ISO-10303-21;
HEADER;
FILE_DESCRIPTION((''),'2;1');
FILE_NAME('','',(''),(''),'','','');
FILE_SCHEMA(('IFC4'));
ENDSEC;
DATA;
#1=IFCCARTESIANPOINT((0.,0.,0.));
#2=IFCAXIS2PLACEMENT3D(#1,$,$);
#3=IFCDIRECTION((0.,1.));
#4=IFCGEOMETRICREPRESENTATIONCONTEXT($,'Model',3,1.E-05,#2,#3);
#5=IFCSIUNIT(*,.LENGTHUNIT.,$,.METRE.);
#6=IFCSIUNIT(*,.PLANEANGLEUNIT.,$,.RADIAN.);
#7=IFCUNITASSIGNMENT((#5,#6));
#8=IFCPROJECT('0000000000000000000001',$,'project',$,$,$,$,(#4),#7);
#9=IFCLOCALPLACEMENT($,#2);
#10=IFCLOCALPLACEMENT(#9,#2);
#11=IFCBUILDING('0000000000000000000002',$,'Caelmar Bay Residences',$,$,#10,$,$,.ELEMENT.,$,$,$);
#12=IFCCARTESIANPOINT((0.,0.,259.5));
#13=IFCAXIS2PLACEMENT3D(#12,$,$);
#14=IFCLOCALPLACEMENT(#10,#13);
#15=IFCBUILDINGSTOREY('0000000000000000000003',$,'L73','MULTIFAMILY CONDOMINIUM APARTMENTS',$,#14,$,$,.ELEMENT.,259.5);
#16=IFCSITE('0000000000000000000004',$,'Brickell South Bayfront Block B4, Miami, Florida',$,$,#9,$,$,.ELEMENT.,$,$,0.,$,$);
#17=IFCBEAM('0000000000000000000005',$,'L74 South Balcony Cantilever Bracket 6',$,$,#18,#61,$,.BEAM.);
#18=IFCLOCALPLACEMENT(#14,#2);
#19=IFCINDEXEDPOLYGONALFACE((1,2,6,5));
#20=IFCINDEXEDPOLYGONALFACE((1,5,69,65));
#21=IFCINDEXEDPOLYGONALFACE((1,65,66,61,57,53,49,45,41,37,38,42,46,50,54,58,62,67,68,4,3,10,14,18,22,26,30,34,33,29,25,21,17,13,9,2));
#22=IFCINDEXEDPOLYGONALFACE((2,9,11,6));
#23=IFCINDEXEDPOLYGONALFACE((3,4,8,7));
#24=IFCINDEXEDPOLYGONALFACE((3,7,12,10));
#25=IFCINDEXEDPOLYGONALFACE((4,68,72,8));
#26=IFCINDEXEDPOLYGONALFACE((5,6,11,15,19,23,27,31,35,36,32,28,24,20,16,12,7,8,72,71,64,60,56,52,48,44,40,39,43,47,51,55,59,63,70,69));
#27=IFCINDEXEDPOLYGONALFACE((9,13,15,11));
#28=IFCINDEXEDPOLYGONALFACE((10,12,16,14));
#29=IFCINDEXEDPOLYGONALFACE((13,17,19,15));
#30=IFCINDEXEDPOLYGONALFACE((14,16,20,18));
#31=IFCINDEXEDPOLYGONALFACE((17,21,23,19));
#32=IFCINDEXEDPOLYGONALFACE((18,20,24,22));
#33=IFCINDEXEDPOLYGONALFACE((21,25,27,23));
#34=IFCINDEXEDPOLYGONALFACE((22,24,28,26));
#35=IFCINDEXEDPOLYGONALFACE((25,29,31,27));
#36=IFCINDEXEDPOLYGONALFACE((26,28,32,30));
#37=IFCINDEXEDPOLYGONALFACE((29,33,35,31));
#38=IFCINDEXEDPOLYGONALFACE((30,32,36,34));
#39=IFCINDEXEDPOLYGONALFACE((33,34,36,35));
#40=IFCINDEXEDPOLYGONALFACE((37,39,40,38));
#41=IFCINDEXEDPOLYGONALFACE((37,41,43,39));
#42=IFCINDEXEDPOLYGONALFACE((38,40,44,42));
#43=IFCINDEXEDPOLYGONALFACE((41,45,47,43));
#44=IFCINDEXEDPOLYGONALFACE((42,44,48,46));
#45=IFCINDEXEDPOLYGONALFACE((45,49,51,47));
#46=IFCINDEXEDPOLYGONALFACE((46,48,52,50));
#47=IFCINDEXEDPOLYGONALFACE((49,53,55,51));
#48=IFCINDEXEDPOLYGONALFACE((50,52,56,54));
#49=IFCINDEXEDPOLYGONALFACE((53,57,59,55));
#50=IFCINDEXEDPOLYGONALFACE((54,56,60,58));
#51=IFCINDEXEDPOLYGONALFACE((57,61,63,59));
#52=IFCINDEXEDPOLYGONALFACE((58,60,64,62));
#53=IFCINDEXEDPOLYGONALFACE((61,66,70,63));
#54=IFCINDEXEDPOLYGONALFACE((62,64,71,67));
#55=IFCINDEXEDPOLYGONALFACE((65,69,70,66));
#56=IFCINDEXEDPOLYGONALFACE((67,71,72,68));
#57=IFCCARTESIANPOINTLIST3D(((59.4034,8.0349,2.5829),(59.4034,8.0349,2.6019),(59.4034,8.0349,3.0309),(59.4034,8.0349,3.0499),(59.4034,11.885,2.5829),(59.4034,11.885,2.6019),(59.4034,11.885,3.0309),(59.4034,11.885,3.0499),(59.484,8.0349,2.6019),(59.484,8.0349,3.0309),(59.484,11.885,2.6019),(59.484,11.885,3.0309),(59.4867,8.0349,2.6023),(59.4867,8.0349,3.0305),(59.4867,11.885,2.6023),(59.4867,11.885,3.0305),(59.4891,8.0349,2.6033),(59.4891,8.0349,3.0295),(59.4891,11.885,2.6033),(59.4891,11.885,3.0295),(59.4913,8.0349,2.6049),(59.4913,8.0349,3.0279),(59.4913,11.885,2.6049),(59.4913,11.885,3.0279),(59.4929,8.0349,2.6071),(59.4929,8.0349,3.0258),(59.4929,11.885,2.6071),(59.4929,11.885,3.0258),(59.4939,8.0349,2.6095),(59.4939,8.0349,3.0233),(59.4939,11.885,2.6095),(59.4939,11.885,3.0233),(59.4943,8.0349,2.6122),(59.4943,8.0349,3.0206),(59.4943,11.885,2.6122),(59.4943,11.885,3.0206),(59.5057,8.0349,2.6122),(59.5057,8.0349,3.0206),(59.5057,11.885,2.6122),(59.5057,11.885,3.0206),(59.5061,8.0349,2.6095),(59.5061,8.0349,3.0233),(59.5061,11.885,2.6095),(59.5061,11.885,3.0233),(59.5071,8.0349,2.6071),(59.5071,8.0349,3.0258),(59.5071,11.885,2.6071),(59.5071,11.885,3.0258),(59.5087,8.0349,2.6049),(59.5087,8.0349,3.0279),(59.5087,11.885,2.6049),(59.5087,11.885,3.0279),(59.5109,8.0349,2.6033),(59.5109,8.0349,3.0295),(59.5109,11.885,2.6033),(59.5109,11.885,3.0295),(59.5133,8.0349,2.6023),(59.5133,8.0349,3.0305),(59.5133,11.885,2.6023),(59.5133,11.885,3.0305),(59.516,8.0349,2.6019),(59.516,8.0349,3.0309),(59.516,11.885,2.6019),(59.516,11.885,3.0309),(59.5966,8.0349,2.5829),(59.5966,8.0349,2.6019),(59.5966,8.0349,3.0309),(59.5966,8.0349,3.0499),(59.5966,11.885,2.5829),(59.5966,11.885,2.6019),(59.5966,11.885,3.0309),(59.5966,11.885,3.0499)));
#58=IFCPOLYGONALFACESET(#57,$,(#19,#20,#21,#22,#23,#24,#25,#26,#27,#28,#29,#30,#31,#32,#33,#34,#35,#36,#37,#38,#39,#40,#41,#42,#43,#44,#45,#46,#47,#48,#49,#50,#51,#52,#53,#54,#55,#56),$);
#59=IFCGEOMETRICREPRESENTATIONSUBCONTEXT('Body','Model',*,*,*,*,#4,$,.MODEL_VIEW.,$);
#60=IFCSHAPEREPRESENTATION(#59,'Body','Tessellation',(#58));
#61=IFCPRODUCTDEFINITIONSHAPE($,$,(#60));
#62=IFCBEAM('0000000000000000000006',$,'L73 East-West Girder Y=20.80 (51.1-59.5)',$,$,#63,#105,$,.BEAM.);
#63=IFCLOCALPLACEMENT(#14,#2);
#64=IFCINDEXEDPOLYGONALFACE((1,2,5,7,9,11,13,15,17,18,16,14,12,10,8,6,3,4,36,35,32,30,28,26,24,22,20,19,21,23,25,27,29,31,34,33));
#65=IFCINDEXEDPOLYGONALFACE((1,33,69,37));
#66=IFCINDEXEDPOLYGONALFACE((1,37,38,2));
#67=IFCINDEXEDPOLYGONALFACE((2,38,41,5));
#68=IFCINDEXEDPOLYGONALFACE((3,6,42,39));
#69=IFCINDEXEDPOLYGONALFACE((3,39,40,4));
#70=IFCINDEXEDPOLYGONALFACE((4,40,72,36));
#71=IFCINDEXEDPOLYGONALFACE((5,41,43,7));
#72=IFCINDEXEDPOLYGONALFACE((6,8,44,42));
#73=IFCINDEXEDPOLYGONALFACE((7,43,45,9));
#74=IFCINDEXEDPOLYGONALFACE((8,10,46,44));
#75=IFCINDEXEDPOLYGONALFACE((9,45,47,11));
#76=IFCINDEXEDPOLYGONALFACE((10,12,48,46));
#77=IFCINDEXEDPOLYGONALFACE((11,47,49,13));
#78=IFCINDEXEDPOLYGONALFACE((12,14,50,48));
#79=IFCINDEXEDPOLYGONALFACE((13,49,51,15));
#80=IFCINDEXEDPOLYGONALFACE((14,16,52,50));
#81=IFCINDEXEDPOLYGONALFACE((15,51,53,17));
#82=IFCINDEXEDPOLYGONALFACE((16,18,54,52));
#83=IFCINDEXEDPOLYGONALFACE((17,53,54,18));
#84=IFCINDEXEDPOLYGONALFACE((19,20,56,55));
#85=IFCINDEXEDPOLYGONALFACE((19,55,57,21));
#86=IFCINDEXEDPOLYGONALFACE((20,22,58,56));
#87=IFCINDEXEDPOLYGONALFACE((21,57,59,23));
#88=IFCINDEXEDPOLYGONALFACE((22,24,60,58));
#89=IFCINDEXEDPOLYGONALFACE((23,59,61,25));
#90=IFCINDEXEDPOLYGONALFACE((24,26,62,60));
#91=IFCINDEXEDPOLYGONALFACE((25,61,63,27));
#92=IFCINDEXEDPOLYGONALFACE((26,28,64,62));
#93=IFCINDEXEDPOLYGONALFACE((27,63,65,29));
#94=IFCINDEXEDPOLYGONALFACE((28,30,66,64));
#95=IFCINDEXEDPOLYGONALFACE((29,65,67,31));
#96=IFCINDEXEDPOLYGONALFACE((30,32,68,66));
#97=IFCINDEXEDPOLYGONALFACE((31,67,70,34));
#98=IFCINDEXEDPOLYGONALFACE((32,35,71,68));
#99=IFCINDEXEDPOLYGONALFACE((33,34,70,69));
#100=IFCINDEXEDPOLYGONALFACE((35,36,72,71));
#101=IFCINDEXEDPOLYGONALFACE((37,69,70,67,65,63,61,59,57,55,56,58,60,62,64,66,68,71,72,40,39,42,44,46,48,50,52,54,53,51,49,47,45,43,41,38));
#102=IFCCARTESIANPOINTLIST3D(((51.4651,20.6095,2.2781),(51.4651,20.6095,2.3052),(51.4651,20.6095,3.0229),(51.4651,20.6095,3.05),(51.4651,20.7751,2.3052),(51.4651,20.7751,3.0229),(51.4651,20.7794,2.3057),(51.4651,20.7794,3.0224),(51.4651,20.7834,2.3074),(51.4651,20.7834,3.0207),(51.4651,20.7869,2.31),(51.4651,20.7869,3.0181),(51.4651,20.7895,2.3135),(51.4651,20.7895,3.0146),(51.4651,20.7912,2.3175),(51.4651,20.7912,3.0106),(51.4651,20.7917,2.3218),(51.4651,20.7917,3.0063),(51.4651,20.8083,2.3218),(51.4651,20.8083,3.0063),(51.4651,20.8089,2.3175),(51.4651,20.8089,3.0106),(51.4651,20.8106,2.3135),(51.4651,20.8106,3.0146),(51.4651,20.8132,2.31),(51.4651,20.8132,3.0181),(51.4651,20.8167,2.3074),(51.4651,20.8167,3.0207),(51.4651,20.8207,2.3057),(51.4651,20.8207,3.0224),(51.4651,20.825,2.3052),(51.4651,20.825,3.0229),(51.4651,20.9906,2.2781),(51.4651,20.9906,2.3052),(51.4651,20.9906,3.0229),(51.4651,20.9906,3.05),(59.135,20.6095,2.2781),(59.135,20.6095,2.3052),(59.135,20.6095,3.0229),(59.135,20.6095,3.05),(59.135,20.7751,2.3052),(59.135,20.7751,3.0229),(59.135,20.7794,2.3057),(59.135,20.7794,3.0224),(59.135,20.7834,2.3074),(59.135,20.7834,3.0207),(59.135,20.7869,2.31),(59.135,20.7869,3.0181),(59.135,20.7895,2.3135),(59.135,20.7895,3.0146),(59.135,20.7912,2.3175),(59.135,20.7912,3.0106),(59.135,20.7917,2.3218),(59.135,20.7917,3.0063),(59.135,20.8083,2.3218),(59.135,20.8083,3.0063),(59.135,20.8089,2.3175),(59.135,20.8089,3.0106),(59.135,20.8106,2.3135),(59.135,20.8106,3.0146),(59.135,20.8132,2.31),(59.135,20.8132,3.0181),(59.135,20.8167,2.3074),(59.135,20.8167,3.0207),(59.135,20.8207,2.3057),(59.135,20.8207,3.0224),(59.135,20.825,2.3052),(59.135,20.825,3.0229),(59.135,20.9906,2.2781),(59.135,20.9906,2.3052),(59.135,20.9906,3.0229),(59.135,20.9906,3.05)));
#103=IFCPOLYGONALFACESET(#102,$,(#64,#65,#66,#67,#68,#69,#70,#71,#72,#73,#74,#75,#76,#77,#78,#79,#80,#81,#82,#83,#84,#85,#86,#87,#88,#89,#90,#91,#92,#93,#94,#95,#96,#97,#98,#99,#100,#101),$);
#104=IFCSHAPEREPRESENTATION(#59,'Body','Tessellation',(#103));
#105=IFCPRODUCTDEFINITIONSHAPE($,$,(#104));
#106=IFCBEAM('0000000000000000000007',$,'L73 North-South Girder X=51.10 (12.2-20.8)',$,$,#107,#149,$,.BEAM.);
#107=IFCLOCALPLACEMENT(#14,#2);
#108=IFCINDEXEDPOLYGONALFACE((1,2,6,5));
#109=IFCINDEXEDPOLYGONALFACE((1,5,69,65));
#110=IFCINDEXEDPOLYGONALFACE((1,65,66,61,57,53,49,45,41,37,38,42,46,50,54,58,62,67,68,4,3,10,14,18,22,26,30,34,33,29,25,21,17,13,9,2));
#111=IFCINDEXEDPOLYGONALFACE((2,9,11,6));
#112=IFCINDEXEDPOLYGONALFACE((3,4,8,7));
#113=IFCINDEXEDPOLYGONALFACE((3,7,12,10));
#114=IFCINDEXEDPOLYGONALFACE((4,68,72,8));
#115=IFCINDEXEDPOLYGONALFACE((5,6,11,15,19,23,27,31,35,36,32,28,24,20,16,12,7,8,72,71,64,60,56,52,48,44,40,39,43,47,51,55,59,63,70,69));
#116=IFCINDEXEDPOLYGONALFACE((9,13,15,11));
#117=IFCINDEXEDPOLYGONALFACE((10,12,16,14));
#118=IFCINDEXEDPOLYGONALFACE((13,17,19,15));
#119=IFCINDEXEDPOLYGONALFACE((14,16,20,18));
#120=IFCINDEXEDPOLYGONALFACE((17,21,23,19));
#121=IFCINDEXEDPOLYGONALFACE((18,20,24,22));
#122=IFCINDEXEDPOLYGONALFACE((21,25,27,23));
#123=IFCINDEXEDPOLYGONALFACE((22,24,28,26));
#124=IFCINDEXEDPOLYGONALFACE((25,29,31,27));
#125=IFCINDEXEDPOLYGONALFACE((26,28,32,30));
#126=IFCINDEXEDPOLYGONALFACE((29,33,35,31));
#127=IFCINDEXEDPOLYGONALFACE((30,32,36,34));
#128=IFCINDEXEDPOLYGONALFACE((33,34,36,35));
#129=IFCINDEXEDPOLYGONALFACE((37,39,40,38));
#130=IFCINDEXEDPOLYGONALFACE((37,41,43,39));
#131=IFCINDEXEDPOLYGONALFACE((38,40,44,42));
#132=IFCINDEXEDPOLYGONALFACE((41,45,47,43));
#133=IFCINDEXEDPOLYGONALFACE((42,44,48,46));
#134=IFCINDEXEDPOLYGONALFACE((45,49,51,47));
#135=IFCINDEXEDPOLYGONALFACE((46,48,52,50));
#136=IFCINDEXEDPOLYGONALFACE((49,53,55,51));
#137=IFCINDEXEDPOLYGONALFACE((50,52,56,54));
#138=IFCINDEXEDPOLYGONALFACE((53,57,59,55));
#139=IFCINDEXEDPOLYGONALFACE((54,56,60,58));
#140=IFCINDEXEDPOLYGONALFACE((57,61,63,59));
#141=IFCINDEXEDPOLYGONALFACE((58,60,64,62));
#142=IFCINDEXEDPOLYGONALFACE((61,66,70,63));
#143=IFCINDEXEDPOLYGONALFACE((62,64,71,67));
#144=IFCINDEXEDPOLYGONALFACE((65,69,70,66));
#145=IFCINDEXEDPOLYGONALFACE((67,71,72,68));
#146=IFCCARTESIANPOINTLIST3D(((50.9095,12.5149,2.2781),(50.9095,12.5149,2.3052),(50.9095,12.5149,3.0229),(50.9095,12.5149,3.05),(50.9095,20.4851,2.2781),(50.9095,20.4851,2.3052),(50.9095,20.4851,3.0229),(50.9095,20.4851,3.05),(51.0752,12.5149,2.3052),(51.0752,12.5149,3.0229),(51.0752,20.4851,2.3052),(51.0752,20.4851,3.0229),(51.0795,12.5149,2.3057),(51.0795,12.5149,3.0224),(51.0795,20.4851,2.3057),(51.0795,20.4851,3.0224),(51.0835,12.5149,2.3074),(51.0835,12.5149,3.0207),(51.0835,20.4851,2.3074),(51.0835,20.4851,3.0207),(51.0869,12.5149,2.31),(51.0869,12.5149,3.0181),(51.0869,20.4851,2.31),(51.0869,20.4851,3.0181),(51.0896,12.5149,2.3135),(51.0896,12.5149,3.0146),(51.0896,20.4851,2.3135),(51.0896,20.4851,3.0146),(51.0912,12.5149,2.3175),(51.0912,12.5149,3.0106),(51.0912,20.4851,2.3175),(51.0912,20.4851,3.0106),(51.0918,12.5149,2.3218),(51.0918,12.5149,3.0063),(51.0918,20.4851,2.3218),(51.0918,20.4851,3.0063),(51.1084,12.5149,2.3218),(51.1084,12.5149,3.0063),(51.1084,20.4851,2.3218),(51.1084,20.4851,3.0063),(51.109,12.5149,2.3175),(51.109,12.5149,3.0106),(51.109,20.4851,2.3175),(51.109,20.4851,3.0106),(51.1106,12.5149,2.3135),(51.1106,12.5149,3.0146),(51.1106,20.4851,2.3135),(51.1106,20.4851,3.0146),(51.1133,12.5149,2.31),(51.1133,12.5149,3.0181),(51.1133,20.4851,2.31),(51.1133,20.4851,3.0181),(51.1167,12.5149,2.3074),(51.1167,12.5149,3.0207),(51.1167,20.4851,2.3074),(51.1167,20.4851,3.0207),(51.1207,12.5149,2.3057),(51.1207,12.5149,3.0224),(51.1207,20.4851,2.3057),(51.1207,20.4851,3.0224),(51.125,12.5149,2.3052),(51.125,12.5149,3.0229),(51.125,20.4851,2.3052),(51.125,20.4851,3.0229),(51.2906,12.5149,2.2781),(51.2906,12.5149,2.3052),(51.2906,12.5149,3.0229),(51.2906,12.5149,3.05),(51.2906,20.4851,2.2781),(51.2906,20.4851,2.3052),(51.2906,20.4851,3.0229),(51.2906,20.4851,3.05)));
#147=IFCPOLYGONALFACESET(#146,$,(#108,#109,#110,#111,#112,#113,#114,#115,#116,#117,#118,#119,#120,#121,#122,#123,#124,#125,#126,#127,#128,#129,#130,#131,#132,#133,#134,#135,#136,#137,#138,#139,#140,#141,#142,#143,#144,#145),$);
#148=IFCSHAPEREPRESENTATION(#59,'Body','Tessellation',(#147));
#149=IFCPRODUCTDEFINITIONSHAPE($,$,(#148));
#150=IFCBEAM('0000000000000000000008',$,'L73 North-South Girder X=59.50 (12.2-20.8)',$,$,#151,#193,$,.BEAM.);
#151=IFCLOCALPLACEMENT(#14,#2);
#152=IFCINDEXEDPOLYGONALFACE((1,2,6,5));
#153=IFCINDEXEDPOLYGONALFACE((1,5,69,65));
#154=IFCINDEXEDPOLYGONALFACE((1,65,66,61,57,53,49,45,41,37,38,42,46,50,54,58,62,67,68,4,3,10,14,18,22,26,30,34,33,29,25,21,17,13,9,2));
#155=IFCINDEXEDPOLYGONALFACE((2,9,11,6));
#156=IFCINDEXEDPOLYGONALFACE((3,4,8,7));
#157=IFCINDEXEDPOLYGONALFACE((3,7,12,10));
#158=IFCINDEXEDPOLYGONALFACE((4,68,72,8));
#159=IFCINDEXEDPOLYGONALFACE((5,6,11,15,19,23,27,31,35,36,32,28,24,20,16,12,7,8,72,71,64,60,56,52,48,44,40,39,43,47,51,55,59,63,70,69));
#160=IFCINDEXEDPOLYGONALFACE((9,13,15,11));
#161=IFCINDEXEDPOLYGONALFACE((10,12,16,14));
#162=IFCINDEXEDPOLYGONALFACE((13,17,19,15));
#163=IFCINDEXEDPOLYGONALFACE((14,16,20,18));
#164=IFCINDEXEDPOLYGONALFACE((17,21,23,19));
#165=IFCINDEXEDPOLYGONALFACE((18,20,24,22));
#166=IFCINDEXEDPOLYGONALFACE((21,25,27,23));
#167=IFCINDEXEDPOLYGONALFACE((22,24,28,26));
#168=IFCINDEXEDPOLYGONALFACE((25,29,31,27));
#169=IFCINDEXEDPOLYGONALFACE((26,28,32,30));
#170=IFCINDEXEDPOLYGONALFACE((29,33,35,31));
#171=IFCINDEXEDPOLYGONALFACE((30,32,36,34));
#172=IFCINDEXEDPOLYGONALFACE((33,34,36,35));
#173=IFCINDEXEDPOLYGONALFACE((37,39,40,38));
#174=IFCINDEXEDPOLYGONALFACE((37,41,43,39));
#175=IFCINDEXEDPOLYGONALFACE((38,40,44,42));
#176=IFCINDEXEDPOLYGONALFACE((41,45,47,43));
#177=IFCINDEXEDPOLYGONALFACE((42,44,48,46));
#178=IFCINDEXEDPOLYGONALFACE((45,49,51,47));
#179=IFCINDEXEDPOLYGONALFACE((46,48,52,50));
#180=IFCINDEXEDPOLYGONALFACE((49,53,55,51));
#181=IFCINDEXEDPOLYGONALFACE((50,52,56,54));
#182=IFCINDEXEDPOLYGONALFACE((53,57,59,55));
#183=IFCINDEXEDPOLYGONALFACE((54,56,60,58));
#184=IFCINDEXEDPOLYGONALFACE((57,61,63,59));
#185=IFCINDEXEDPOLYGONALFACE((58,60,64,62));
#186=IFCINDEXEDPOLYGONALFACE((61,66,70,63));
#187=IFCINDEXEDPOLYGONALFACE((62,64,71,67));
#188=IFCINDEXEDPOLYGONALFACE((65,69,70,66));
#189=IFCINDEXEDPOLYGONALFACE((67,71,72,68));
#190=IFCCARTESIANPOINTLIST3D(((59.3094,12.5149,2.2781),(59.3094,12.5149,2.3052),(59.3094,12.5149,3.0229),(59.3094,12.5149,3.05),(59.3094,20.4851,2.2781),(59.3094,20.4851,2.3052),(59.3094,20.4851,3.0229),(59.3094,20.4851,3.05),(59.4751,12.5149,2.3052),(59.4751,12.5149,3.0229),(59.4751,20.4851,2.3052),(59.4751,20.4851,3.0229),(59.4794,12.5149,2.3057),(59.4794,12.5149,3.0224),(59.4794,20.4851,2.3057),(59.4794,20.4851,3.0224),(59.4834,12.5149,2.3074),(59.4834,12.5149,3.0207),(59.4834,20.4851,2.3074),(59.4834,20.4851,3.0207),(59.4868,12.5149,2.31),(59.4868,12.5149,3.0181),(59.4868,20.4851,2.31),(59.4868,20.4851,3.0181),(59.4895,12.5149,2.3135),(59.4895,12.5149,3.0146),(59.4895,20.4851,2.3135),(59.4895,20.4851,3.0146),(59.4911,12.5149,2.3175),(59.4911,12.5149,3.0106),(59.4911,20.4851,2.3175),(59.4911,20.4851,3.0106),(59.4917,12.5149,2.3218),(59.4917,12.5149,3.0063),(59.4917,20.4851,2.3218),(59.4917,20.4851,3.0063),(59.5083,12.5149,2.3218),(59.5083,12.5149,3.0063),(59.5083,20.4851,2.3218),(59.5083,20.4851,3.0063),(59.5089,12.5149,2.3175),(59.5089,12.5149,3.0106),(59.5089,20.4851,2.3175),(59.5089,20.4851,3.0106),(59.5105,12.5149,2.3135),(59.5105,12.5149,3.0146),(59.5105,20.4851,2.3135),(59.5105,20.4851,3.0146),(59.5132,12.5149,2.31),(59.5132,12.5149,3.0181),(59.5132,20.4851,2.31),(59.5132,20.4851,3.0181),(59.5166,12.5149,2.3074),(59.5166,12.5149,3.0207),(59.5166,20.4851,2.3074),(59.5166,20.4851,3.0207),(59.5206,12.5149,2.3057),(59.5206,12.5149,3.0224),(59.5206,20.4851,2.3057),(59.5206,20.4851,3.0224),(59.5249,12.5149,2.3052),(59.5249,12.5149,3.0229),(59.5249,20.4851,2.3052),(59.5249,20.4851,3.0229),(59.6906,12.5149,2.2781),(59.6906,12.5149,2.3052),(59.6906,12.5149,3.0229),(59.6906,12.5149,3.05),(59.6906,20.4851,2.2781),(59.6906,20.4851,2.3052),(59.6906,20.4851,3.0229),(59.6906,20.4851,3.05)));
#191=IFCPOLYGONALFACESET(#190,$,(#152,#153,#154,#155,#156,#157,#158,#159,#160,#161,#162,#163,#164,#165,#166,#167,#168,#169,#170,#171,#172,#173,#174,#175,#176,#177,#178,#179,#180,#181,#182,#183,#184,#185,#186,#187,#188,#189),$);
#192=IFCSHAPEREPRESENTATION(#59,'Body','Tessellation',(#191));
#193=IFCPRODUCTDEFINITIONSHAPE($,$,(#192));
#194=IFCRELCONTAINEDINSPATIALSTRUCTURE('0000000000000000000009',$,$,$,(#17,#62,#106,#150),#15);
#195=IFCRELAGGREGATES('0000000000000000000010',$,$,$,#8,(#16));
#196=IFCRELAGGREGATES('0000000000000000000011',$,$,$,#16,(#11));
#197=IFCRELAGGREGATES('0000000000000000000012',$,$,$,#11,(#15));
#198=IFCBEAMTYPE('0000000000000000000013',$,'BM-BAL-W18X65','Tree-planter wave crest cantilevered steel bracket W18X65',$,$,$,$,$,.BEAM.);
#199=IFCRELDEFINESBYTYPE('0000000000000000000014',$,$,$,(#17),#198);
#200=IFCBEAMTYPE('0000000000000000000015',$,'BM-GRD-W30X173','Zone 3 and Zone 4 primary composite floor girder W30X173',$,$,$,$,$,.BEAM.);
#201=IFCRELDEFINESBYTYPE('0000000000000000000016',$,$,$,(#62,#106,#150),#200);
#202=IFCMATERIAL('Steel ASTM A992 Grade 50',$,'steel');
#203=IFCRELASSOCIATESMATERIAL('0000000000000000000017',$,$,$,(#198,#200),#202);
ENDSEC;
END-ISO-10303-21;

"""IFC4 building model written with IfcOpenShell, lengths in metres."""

from ifc_helpers import new_model, si_unit, direction, frame, origin, origin_2d, place, context, subcontext, project, spatial, i_section, extrude, material, material_profile, profile_set, type_object, element, save


model = new_model("IFC4")

# Units and contexts
model_context = context("Model", 3, precision=1e-05, world=origin(), true_north=direction((0.0, 1.0)))
body_context = subcontext(model_context, "Body", "Model", "MODEL_VIEW")
ifc_project = project(units=[si_unit("LENGTHUNIT", "METRE"), si_unit("PLANEANGLEUNIT", "RADIAN")], contexts=[model_context])

# Site, building, storey
site_placement = place(None, origin())
site = spatial("IfcSite", under=ifc_project, at=site_placement, Name="Brickell South Bayfront Block B4, Miami, Florida", CompositionType="ELEMENT", RefElevation=0.0)
building_placement = place(site_placement, origin())
building = spatial("IfcBuilding", under=site, at=building_placement, Name="Caelmar Bay Residences", CompositionType="ELEMENT")
storey_placement = place(building_placement, frame((0.0, 0.0, 259.5)))
storey = spatial("IfcBuildingStorey", under=building, at=storey_placement, Name="L73", Description="MULTIFAMILY CONDOMINIUM APARTMENTS", CompositionType="ELEMENT", Elevation=259.5)

# Beams
ifc_material_1 = material(Name="Steel ASTM A992 Grade 50", Category="steel")
ifc_material_profile_1 = material_profile(ifc_material_1, i_section(OverallWidth=0.1931, OverallDepth=0.467, WebThickness=0.0115, FlangeThickness=0.019, FilletRadius=0.0103, at=origin_2d()), Name="W18X65")
ifc_profile_set_1 = profile_set([ifc_material_profile_1], Name="Steel ASTM A992 Grade 50")
beam_type_1 = type_object("IfcBeamType", Name="BM-BAL-W18X65", Description="Tree-planter wave crest cantilevered steel bracket W18X65", PredefinedType="BEAM", material=ifc_profile_set_1)
beam_1_placement = place(storey_placement, frame((59.5, 11.885, 2.8164), z_axis=(0.0, -1.0, 0.0), x_axis=(1.0, 0.0, 0.0)))
element("IfcBeam", 1, at=beam_1_placement, inside=storey, type_object=beam_type_1, Name="L74 South Balcony Cantilever Bracket 6", PredefinedType="BEAM", context=body_context, shape_type="SweptSolid", body=[
    extrude(i_section(OverallWidth=0.1931, OverallDepth=0.467, WebThickness=0.0115, FlangeThickness=0.019, FilletRadius=0.0103, at=origin_2d()), origin(), (0.0, 0.0, 1.0), 3.8501),
])
ifc_material_profile_2 = material_profile(ifc_material_1, i_section(OverallWidth=0.3811, OverallDepth=0.772, WebThickness=0.0166, FlangeThickness=0.0271, FilletRadius=0.0166, at=origin_2d()), Name="W30X173")
ifc_profile_set_2 = profile_set([ifc_material_profile_2], Name="Steel ASTM A992 Grade 50")
beam_type_2 = type_object("IfcBeamType", Name="BM-GRD-W30X173", Description="Zone 3 and Zone 4 primary composite floor girder W30X173", PredefinedType="BEAM", material=ifc_profile_set_2)
beam_2_placement = place(storey_placement, frame((51.4651, 20.8, 2.6641), z_axis=(1.0, 0.0, 0.0), x_axis=(0.0, 1.0, 0.0)))
element("IfcBeam", 2, at=beam_2_placement, inside=storey, type_object=beam_type_2, Name="L73 East-West Girder Y=20.80 (51.1-59.5)", PredefinedType="BEAM", context=body_context, shape_type="SweptSolid", body=[
    extrude(i_section(OverallWidth=0.3811, OverallDepth=0.772, WebThickness=0.0166, FlangeThickness=0.0271, FilletRadius=0.0166, at=origin_2d()), origin(), (0.0, 0.0, 1.0), 7.6699),
])
for number, where, z_axis, x_axis, name in (
    (3, (51.1001, 12.5149, 2.6641), (0.0, 1.0, 0.0), (-1.0, 0.0, 0.0), "L73 North-South Girder X=51.10 (12.2-20.8)"),
    (4, (59.5, 12.5149, 2.6641), (0.0, 1.0, 0.0), (-1.0, 0.0, 0.0), "L73 North-South Girder X=59.50 (12.2-20.8)"),
):
    element("IfcBeam", number, at=place(storey_placement, frame(where, z_axis=z_axis, x_axis=x_axis)), inside=storey, type_object=beam_type_2, Name=name, PredefinedType="BEAM", context=body_context, shape_type="SweptSolid", body=[
        extrude(i_section(OverallWidth=0.3811, OverallDepth=0.772, WebThickness=0.0166, FlangeThickness=0.0271, FilletRadius=0.0166, at=origin_2d()), origin(), (0.0, 0.0, 1.0), 7.9702),
    ])

save(model, "model.ifc")
